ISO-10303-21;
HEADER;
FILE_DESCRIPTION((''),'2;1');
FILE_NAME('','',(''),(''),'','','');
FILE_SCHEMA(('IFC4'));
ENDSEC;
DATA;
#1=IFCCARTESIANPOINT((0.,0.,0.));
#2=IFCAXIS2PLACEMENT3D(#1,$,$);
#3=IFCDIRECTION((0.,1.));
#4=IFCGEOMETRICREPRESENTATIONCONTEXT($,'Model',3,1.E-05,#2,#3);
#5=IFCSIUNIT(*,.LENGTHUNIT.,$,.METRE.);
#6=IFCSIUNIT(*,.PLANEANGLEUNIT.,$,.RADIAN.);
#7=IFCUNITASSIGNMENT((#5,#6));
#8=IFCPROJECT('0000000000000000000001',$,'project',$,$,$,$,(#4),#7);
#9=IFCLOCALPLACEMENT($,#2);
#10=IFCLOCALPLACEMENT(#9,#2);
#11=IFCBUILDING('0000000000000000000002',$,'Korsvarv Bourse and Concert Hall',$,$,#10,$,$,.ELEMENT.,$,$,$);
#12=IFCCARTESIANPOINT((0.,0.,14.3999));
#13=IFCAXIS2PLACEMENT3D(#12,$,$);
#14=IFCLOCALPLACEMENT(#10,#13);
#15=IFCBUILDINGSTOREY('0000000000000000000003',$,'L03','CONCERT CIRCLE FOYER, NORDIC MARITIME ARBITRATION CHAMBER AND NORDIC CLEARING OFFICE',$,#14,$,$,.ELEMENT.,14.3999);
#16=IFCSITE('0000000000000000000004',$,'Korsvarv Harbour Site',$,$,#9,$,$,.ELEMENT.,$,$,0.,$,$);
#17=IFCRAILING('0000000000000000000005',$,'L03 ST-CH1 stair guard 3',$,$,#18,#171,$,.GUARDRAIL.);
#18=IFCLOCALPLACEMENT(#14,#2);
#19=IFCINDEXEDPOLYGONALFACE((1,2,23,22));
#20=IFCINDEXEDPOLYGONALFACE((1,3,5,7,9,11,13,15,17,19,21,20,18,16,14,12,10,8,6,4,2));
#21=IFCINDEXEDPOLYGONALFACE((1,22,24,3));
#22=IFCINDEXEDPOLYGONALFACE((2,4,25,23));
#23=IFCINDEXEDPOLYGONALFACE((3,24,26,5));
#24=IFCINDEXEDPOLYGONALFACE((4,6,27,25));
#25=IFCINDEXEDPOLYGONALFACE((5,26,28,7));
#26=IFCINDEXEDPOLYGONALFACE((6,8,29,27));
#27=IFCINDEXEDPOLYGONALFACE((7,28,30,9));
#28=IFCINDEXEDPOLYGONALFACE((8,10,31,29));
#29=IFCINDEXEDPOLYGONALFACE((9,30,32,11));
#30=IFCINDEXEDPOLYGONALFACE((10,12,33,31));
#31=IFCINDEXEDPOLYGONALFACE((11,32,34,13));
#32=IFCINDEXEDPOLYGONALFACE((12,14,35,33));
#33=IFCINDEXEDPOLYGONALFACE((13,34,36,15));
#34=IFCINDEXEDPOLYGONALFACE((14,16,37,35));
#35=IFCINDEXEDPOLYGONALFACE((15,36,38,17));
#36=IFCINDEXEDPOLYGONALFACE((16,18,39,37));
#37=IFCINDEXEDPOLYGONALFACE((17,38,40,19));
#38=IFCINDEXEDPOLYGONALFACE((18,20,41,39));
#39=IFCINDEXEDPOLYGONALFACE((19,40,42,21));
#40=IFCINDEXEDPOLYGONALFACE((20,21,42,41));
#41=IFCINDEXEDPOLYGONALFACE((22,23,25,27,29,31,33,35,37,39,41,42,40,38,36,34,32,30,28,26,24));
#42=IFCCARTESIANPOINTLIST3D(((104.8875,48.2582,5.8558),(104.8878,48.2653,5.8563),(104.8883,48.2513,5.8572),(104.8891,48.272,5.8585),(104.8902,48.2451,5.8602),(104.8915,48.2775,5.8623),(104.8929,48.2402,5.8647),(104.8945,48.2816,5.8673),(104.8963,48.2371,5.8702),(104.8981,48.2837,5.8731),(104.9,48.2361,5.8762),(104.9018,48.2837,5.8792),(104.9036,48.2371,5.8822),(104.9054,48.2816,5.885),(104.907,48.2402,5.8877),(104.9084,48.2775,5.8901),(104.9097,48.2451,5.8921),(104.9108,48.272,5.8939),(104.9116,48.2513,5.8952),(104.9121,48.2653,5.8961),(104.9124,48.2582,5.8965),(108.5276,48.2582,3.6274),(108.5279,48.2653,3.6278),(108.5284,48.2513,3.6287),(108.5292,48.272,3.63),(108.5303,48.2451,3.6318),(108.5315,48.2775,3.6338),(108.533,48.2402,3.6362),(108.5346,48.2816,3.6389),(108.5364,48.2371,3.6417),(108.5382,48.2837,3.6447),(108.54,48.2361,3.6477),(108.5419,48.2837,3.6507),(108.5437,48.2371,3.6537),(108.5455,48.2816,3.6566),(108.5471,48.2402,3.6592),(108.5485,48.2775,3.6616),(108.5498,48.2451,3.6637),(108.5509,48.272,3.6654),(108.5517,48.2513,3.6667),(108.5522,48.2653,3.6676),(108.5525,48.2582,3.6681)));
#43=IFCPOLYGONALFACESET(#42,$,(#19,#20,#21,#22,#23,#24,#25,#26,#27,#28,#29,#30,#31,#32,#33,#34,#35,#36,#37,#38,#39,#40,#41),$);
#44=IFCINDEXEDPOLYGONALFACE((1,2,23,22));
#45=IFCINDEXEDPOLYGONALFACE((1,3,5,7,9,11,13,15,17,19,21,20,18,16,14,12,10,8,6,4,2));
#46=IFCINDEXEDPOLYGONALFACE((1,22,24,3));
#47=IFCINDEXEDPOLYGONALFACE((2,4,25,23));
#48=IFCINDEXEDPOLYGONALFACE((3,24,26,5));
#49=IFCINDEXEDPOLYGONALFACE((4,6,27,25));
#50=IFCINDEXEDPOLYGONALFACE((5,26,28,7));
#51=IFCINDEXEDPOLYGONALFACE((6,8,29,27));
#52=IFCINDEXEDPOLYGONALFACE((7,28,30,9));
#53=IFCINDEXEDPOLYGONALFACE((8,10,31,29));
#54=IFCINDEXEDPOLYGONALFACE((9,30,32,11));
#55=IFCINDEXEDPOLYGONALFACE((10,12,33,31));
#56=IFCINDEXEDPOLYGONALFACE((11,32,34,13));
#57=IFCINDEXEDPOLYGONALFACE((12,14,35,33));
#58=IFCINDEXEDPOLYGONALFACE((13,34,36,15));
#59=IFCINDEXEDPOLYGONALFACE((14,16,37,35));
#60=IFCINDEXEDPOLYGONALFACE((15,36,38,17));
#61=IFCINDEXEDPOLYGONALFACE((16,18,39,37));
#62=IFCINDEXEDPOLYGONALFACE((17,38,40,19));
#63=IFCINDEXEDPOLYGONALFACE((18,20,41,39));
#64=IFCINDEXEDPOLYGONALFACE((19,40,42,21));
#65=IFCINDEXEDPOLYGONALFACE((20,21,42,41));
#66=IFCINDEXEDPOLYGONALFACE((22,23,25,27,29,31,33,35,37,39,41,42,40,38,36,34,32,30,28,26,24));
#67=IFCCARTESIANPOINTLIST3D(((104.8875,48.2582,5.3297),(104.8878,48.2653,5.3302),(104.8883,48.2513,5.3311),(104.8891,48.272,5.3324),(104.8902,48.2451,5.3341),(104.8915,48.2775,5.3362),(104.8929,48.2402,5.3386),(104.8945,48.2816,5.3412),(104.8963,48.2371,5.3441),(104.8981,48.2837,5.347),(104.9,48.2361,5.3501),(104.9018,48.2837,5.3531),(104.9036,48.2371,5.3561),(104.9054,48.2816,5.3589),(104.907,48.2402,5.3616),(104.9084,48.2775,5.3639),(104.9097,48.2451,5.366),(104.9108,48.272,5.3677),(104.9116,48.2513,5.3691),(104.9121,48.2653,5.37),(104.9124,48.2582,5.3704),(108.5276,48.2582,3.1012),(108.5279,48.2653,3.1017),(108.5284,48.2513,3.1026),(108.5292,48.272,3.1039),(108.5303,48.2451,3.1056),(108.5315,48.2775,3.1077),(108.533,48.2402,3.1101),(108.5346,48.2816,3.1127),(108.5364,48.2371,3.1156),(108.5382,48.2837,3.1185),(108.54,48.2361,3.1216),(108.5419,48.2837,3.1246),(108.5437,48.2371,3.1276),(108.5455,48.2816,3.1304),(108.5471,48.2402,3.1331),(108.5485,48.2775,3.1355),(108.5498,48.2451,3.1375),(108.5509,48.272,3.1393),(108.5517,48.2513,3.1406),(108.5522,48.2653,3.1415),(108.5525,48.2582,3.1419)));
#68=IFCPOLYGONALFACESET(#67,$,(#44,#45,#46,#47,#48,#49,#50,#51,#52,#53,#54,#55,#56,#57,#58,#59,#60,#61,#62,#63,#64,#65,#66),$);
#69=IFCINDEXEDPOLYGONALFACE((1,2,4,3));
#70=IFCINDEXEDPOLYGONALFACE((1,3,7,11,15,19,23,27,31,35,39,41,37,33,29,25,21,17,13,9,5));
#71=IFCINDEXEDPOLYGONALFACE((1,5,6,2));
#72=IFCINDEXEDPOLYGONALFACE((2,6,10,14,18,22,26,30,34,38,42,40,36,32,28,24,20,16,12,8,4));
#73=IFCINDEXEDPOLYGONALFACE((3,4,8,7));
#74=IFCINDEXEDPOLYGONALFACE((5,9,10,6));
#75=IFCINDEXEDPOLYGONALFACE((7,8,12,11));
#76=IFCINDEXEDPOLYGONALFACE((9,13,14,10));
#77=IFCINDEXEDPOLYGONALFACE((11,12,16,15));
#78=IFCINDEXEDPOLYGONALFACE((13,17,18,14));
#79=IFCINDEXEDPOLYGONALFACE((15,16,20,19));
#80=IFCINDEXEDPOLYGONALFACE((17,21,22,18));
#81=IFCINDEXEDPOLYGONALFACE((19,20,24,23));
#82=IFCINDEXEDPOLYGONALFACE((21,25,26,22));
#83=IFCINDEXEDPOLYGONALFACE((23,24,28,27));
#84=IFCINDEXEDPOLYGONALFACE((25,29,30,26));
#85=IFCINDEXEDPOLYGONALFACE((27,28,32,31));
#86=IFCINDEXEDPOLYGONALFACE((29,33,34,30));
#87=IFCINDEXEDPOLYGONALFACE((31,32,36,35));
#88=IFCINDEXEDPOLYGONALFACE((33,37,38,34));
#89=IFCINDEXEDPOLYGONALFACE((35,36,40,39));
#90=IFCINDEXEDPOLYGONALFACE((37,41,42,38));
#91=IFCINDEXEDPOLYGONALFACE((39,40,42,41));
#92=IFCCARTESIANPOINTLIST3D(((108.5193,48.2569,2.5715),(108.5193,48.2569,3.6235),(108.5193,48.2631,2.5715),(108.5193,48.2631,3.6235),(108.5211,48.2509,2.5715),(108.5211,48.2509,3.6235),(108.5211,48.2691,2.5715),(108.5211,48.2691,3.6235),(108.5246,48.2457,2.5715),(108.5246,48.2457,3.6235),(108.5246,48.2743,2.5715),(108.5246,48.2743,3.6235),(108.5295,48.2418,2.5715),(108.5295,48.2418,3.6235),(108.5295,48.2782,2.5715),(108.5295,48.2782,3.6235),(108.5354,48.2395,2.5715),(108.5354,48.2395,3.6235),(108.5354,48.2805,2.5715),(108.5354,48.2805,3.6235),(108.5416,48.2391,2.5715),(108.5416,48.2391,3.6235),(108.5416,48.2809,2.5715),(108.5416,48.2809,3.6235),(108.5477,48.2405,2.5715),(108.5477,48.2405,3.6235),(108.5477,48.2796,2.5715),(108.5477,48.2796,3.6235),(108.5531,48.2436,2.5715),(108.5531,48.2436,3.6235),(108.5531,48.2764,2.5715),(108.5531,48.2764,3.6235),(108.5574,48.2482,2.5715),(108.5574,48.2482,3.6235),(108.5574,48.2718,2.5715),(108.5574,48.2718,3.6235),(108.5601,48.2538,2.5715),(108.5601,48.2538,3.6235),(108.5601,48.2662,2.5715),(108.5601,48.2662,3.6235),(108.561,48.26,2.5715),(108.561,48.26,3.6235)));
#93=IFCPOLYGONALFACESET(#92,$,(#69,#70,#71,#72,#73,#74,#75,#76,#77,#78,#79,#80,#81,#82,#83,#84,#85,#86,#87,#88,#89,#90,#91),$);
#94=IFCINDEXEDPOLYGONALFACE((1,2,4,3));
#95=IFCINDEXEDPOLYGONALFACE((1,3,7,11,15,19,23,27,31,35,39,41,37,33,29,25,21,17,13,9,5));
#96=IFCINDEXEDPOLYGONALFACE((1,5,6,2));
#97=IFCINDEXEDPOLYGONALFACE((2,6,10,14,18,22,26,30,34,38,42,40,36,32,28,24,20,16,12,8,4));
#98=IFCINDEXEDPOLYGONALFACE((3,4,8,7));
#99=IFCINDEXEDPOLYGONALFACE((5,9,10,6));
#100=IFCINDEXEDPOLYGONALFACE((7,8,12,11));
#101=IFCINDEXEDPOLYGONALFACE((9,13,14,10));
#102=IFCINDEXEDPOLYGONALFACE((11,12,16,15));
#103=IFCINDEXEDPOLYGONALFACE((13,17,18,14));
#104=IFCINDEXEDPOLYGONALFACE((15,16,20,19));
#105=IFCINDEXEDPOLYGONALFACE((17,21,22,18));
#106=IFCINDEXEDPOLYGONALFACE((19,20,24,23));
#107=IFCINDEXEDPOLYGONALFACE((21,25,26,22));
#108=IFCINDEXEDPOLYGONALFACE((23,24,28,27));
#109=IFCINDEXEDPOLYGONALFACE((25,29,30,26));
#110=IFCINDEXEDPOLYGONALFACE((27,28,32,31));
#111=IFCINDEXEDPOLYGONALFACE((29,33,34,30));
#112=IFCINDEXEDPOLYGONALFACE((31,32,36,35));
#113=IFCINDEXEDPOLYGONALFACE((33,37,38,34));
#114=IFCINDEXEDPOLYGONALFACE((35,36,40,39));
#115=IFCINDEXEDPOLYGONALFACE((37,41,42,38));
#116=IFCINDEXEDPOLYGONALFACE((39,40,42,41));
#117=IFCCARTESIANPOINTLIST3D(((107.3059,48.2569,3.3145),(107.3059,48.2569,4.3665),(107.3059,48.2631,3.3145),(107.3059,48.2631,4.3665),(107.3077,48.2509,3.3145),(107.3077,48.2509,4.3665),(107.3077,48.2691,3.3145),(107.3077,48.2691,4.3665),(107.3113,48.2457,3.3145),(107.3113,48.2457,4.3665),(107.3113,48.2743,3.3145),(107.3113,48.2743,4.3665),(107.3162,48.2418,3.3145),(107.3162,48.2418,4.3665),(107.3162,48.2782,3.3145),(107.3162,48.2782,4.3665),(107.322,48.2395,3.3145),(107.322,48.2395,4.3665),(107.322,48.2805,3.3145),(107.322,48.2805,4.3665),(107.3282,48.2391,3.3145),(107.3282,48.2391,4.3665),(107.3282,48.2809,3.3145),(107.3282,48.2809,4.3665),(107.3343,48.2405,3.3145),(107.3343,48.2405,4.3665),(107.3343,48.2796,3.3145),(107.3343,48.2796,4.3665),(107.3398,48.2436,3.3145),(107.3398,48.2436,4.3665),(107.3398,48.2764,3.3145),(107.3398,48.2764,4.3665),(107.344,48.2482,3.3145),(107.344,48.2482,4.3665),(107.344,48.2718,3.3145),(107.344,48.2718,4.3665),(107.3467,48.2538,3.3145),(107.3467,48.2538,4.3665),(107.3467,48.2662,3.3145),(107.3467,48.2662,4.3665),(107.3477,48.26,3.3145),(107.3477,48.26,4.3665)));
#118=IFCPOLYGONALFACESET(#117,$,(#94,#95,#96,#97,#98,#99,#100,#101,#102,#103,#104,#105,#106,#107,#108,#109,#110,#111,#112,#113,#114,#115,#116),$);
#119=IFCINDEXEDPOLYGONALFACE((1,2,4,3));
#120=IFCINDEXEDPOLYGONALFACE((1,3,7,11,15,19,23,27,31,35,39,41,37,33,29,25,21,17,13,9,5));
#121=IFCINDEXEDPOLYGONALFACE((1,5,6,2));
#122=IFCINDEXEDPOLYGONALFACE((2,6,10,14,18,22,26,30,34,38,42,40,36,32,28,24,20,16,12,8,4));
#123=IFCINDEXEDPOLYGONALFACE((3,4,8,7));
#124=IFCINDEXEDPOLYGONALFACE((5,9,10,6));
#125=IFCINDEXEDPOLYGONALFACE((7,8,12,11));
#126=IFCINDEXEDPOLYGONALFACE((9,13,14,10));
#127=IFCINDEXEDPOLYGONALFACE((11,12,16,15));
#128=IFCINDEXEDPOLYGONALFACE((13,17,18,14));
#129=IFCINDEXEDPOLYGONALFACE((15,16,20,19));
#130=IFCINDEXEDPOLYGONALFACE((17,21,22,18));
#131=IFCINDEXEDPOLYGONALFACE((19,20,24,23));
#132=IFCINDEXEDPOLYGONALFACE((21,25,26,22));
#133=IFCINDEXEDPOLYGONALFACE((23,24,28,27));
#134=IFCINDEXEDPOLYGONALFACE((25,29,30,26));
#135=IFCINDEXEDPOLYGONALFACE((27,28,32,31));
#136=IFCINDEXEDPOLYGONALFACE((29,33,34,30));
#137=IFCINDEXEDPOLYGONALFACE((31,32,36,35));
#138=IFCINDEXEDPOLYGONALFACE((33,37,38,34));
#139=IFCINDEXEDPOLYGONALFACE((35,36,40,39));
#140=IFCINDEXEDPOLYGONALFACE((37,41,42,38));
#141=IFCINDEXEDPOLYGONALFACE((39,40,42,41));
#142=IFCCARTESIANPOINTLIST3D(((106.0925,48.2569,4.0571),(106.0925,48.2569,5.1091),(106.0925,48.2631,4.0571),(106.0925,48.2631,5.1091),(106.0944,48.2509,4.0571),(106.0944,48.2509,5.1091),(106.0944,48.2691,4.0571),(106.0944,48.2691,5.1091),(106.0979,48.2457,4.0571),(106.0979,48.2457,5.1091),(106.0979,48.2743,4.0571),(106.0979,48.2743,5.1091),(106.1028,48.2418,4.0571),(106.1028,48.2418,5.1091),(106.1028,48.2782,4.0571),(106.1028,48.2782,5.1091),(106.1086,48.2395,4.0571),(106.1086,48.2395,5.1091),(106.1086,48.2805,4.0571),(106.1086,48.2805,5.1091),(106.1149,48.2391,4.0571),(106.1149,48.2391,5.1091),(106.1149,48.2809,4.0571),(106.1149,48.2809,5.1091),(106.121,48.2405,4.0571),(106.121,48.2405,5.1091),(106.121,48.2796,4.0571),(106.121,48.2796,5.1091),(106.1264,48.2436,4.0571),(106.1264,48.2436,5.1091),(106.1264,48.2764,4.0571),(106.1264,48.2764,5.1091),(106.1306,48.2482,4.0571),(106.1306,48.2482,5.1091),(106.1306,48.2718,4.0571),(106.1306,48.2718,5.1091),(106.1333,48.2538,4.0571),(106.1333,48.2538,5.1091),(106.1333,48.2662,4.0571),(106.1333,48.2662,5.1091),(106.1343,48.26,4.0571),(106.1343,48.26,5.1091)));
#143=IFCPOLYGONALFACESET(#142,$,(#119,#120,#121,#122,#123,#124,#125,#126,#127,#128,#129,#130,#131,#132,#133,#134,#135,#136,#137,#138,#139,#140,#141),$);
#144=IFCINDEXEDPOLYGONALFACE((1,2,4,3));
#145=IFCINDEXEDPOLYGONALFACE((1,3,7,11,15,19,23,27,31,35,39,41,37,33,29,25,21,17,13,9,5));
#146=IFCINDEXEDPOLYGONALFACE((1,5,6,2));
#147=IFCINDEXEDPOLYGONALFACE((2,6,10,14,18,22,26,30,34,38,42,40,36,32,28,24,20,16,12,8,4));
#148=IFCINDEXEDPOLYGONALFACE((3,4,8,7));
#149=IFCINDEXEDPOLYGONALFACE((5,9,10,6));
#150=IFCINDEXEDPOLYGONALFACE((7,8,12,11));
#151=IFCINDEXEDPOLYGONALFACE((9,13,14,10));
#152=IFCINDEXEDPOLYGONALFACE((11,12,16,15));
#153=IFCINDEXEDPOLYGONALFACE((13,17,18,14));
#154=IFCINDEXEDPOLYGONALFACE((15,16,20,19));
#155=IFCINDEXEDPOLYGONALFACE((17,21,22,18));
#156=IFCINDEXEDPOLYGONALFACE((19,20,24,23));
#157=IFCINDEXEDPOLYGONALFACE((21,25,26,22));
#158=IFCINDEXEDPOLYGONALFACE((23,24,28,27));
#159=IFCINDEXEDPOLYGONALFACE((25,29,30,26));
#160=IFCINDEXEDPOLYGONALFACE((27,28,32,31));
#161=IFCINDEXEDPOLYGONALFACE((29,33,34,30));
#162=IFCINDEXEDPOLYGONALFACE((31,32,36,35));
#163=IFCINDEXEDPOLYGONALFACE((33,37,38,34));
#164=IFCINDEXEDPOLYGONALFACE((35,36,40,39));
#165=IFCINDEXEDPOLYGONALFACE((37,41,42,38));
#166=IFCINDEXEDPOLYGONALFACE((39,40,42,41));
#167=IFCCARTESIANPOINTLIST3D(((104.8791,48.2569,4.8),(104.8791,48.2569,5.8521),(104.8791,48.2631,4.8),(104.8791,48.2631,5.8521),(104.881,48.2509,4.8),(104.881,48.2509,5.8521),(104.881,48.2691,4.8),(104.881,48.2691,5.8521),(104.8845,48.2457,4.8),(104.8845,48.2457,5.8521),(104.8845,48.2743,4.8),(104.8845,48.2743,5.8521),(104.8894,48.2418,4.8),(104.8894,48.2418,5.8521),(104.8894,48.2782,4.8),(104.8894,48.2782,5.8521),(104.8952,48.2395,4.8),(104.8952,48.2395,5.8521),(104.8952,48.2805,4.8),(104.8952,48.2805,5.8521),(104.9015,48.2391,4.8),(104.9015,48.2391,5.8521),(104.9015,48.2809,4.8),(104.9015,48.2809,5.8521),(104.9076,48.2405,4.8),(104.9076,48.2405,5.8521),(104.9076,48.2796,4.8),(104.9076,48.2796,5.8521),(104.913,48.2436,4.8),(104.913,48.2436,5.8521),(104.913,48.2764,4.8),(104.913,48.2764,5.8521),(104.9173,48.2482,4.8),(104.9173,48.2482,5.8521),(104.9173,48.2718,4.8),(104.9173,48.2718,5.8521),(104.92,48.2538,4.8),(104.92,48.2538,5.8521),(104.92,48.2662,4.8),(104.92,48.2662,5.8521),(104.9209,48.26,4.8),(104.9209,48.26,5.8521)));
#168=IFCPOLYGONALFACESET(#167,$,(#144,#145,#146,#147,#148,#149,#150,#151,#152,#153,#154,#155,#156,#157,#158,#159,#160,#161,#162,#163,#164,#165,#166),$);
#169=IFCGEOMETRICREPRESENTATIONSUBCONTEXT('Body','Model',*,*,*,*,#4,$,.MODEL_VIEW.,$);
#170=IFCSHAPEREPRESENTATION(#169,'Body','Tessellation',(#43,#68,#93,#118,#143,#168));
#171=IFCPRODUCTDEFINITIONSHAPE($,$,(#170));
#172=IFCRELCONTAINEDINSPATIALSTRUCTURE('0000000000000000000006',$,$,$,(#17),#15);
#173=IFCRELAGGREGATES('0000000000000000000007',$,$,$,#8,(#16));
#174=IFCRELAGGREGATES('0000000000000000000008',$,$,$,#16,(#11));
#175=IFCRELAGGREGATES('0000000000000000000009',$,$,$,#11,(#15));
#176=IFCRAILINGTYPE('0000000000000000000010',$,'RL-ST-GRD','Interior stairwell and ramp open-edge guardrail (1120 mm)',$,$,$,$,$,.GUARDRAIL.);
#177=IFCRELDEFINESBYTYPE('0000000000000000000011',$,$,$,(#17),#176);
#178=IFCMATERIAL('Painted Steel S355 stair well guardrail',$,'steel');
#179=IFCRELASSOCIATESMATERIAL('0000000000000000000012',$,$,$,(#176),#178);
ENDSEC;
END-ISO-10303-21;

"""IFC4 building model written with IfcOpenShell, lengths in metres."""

from ifc_helpers import new_model, si_unit, direction, frame, origin, origin_2d, place, context, subcontext, project, spatial, circle, extrude, material, type_object, element, save


model = new_model("IFC4")

# Units and contexts
model_context = context("Model", 3, precision=1e-05, world=origin(), true_north=direction((0.0, 1.0)))
body_context = subcontext(model_context, "Body", "Model", "MODEL_VIEW")
ifc_project = project(units=[si_unit("LENGTHUNIT", "METRE"), si_unit("PLANEANGLEUNIT", "RADIAN")], contexts=[model_context])

# Site, building, storey
site_placement = place(None, origin())
site = spatial("IfcSite", under=ifc_project, at=site_placement, Name="Korsvarv Harbour Site", CompositionType="ELEMENT", RefElevation=0.0)
building_placement = place(site_placement, origin())
building = spatial("IfcBuilding", under=site, at=building_placement, Name="Korsvarv Bourse and Concert Hall", CompositionType="ELEMENT")
storey_placement = place(building_placement, frame((0.0, 0.0, 14.3999)))
storey = spatial("IfcBuildingStorey", under=building, at=storey_placement, Name="L03", Description="CONCERT CIRCLE FOYER, NORDIC MARITIME ARBITRATION CHAMBER AND NORDIC CLEARING OFFICE", CompositionType="ELEMENT", Elevation=14.3999)

# Railing
ifc_material_1 = material(Name="Painted Steel S355 stair well guardrail", Category="steel")
railing_type_1 = type_object("IfcRailingType", Name="RL-ST-GRD", Description="Interior stairwell and ramp open-edge guardrail (1120 mm)", PredefinedType="GUARDRAIL", material=ifc_material_1)
railing_1_placement = place(storey_placement, frame((108.54, 48.26, 2.5715)))
element("IfcRailing", 1, at=railing_1_placement, inside=storey, type_object=railing_type_1, Name="L03 ST-CH1 stair guard 3", PredefinedType="GUARDRAIL", context=body_context, shape_type="SweptSolid", body=[
    extrude(circle(Radius=0.0239, at=origin_2d()), frame((0.0, 0.0, 1.0762), z_axis=(-0.852866, 0.0, 0.52213), x_axis=(0.0, -1.0, 0.0)), (0.0, 0.0, 1.0), 4.2681),
    extrude(circle(Radius=0.0239, at=origin_2d()), frame((0.0, 0.0, 0.55), z_axis=(-0.852866, 0.0, 0.52213), x_axis=(0.0, -1.0, 0.0)), (0.0, 0.0, 1.0), 4.2681),
    extrude(circle(Radius=0.021, at=origin_2d()), origin(), (0.0, 0.0, 1.0), 1.052),
    extrude(circle(Radius=0.021, at=origin_2d()), frame((-1.2134, 0.0, 0.7429)), (0.0, 0.0, 1.0), 1.052),
    extrude(circle(Radius=0.021, at=origin_2d()), frame((-2.4268, 0.0, 1.4856)), (0.0, 0.0, 1.0), 1.052),
    extrude(circle(Radius=0.021, at=origin_2d()), frame((-3.6401, 0.0, 2.2285)), (0.0, 0.0, 1.0), 1.052),
])

save(model, "model.ifc")
